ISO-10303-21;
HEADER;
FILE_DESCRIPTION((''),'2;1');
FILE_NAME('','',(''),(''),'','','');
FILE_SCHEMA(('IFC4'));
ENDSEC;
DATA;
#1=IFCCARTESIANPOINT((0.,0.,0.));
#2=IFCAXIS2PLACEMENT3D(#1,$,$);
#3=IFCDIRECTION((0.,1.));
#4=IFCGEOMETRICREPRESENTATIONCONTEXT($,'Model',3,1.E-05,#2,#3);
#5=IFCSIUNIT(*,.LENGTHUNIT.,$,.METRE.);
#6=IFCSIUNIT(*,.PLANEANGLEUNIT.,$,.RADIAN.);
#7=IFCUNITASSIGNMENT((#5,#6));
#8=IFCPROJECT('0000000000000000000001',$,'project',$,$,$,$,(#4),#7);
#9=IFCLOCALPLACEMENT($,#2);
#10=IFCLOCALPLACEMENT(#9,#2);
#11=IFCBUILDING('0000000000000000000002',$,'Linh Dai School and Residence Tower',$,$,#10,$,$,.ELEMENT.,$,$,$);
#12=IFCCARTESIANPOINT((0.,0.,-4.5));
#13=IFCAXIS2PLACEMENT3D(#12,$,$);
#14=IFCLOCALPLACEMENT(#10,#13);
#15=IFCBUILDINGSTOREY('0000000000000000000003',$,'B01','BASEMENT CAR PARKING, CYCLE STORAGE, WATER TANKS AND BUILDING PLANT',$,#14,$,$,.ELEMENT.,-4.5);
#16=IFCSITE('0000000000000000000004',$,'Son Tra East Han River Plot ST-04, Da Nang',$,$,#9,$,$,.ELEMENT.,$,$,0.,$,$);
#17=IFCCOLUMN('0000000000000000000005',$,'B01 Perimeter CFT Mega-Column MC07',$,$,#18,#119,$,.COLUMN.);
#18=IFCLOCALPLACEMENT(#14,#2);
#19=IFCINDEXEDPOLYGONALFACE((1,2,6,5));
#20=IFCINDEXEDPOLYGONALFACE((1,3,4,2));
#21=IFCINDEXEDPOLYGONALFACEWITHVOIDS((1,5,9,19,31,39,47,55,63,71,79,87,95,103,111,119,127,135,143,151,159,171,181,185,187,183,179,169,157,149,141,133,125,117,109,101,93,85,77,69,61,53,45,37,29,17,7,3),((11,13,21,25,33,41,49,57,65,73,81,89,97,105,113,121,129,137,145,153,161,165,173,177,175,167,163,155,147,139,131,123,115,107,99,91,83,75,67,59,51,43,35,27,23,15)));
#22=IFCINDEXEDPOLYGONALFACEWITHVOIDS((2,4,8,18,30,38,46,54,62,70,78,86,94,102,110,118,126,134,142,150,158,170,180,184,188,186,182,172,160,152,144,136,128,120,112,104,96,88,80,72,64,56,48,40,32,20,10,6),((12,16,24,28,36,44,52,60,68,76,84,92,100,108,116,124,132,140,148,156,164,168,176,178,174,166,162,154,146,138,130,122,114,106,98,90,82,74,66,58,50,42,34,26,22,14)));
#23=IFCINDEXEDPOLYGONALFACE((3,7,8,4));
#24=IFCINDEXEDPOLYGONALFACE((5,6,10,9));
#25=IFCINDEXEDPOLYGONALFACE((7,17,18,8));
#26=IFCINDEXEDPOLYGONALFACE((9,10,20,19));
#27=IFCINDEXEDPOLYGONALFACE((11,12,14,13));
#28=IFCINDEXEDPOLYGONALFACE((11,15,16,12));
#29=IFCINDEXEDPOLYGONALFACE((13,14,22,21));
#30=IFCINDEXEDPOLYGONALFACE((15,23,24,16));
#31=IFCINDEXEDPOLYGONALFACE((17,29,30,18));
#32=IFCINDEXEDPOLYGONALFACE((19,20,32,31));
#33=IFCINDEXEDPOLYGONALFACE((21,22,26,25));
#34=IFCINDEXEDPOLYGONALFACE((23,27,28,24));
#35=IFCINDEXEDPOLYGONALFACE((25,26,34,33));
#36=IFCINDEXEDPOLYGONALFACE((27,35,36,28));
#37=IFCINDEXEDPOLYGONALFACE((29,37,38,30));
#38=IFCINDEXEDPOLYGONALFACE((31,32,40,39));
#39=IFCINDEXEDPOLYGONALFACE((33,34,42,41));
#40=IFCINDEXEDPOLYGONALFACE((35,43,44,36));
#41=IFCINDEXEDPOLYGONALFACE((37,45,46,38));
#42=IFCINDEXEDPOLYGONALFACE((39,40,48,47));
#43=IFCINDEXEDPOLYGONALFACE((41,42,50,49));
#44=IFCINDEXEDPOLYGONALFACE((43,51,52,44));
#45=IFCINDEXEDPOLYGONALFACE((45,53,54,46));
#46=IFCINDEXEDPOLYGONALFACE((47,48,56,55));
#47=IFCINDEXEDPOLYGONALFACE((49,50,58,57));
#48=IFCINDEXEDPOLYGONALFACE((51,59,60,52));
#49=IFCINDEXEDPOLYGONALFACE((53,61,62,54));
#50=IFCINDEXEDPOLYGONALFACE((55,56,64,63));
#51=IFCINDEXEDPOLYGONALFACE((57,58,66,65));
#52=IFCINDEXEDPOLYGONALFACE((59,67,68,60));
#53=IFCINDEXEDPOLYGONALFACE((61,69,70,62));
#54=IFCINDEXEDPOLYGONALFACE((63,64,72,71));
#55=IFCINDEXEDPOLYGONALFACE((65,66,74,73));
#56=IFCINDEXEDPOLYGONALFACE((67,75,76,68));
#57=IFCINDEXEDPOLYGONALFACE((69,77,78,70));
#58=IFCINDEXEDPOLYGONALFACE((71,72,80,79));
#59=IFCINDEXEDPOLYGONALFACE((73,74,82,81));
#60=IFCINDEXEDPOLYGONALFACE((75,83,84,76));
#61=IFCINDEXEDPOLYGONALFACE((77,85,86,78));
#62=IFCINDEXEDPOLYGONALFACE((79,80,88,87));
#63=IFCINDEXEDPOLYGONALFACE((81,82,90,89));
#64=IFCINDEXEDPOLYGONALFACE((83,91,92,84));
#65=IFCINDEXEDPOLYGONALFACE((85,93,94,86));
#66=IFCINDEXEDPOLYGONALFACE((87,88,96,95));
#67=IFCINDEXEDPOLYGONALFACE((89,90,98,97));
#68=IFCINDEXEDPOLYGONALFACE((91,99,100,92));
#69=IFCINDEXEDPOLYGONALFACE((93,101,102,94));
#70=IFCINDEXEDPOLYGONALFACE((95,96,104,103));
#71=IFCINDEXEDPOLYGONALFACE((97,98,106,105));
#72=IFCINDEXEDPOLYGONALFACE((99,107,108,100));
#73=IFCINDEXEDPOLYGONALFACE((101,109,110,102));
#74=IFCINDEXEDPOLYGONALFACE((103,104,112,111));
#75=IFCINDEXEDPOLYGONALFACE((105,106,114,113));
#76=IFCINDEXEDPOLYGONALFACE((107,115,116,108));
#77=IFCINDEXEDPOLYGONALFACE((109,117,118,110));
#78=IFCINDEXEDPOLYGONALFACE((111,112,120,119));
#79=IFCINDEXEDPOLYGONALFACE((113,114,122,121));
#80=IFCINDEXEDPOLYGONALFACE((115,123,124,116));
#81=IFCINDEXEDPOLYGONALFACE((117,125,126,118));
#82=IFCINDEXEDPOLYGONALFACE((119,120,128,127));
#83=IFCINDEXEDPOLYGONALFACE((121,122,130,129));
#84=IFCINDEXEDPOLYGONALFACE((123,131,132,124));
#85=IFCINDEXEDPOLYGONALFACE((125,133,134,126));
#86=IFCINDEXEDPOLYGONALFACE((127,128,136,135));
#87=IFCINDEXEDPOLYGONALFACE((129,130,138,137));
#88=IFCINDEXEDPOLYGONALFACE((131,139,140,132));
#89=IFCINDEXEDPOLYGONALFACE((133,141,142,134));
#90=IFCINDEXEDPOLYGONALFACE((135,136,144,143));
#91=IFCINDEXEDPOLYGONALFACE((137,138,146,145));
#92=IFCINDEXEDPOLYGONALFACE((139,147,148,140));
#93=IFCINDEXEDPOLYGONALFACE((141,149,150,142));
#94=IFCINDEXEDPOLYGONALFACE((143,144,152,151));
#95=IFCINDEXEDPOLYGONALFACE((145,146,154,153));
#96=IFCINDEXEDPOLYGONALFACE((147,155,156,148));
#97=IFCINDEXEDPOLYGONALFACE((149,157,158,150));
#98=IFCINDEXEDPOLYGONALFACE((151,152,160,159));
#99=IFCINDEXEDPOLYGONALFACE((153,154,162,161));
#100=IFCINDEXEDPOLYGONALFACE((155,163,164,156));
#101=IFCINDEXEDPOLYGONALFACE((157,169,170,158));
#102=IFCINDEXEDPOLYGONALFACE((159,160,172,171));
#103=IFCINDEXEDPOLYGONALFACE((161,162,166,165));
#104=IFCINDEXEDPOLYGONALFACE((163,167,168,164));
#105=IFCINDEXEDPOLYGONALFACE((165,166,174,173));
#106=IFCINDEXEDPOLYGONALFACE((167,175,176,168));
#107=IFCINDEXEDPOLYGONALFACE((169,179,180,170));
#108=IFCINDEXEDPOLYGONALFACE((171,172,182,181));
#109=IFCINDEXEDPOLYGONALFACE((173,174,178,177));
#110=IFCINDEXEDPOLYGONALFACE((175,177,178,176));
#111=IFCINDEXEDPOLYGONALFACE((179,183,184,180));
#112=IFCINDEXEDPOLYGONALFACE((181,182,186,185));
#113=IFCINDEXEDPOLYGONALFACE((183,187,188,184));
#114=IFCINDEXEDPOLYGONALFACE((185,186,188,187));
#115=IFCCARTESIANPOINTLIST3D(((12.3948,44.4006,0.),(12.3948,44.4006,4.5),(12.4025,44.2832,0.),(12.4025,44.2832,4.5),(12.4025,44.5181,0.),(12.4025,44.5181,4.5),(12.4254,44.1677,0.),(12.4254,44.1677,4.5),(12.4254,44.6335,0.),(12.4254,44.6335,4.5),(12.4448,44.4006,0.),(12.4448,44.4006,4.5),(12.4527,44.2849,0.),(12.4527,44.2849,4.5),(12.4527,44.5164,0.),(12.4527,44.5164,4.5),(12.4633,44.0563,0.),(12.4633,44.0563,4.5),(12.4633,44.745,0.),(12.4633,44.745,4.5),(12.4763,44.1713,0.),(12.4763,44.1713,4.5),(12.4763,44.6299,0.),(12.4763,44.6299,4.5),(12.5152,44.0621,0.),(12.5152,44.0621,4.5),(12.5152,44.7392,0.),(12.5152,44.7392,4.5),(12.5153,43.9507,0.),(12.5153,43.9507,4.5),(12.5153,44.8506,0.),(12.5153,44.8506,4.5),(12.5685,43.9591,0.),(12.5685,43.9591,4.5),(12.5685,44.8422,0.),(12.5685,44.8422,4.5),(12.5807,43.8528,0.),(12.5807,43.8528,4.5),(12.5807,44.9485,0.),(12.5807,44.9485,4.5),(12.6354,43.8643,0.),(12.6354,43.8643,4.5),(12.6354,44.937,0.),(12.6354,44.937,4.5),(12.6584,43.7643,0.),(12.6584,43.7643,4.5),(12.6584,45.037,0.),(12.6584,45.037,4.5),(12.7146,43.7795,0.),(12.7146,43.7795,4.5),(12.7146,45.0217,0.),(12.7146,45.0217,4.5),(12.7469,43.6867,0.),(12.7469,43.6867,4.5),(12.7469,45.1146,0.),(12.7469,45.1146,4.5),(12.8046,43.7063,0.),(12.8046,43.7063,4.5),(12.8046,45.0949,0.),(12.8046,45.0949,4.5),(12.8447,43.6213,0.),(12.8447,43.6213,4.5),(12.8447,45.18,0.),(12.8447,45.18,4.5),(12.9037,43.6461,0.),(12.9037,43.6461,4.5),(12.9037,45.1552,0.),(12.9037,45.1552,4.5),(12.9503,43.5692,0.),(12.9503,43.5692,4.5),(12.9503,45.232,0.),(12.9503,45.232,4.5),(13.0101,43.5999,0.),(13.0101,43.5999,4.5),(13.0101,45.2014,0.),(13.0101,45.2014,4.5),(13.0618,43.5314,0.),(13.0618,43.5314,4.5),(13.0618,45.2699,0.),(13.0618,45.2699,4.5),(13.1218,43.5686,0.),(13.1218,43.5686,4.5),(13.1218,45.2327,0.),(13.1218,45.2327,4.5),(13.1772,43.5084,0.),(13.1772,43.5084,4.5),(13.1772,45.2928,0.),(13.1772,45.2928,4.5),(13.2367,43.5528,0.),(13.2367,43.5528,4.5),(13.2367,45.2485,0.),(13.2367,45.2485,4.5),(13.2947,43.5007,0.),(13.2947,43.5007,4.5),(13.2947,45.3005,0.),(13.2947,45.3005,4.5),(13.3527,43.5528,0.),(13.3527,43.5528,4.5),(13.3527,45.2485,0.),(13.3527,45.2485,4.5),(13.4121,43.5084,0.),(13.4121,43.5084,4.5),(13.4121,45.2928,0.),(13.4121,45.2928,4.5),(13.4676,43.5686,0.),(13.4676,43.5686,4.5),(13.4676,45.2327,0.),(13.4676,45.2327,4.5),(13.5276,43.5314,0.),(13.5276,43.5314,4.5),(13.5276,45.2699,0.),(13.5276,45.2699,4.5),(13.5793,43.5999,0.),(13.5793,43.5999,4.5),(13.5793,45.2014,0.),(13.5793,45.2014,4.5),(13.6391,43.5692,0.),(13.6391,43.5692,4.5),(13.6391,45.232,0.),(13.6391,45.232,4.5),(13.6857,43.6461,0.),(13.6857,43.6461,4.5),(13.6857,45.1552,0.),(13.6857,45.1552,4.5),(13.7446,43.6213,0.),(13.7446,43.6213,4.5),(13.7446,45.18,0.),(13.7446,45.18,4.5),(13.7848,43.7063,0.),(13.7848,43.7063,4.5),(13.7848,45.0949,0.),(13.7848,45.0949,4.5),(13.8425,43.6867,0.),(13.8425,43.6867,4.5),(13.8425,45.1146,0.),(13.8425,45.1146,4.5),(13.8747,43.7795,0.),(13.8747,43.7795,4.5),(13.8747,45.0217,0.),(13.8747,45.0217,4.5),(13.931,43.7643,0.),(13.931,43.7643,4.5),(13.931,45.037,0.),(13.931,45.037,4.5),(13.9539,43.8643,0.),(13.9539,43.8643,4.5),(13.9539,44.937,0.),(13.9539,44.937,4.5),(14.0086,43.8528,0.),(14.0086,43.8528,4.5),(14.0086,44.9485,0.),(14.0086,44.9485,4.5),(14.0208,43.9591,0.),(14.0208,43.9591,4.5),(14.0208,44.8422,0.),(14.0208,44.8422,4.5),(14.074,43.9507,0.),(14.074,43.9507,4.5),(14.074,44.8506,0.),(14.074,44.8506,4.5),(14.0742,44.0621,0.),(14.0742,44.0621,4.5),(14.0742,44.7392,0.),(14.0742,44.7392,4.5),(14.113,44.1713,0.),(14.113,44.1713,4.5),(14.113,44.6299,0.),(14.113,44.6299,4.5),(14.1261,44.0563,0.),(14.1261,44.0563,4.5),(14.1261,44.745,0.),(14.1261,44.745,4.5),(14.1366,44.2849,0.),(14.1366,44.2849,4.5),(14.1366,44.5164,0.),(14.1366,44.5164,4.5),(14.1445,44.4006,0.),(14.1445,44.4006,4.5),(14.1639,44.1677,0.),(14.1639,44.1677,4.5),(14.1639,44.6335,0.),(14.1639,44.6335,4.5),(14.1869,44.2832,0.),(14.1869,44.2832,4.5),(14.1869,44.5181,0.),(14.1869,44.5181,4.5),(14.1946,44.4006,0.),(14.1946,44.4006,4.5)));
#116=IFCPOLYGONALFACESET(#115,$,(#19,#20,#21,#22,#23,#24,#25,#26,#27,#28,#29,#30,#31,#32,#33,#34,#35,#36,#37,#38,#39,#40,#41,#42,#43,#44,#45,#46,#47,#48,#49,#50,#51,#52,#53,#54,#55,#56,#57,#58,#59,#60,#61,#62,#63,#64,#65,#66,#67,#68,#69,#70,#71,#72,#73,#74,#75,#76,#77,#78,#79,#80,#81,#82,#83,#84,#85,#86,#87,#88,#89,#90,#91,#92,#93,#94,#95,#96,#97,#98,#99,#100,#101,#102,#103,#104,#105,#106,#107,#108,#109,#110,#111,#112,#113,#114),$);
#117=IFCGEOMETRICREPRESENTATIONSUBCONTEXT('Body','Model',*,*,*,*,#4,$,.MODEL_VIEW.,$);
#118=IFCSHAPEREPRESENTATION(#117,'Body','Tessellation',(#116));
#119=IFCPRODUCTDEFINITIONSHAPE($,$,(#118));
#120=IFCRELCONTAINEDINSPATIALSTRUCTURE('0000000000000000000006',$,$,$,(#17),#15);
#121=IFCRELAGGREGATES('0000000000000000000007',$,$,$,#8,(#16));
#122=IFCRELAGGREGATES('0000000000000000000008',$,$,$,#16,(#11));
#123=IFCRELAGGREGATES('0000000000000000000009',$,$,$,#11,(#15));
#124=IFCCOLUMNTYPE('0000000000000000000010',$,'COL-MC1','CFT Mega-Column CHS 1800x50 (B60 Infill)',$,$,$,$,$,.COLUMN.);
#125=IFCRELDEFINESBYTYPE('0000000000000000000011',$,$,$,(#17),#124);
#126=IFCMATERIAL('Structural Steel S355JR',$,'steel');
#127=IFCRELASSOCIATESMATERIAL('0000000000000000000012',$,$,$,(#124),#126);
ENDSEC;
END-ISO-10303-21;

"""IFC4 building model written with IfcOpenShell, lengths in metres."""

from ifc_helpers import new_model, si_unit, direction, frame, origin, origin_2d, place, context, subcontext, project, spatial, hollow_circle, extrude, material, material_profile, profile_set, type_object, element, save


model = new_model("IFC4")

# Units and contexts
model_context = context("Model", 3, precision=1e-05, world=origin(), true_north=direction((0.0, 1.0)))
body_context = subcontext(model_context, "Body", "Model", "MODEL_VIEW")
ifc_project = project(units=[si_unit("LENGTHUNIT", "METRE"), si_unit("PLANEANGLEUNIT", "RADIAN")], contexts=[model_context])

# Site, building, storey
site_placement = place(None, origin())
site = spatial("IfcSite", under=ifc_project, at=site_placement, Name="Son Tra East Han River Plot ST-04, Da Nang", CompositionType="ELEMENT", RefElevation=0.0)
building_placement = place(site_placement, origin())
building = spatial("IfcBuilding", under=site, at=building_placement, Name="Linh Dai School and Residence Tower", CompositionType="ELEMENT")
storey_placement = place(building_placement, frame((0.0, 0.0, -4.5)))
storey = spatial("IfcBuildingStorey", under=building, at=storey_placement, Name="B01", Description="BASEMENT CAR PARKING, CYCLE STORAGE, WATER TANKS AND BUILDING PLANT", CompositionType="ELEMENT", Elevation=-4.5)

# Column
ifc_material_1 = material(Name="Structural Steel S355JR", Category="steel")
ifc_material_profile_1 = material_profile(ifc_material_1, hollow_circle(Radius=0.8999, WallThickness=0.05, at=origin_2d()), Name="CHS 1800x50")
ifc_profile_set_1 = profile_set([ifc_material_profile_1], Name="Structural Steel S355JR")
column_type_1 = type_object("IfcColumnType", Name="COL-MC1", Description="CFT Mega-Column CHS 1800x50 (B60 Infill)", PredefinedType="COLUMN", material=ifc_profile_set_1)
for number, where, z_axis, x_axis, name in (
    (1, (13.2947, 44.4006, 0.0), (0.0, 0.0, 1.0), (1.0, 0.0, 0.0), "B01 Perimeter CFT Mega-Column MC07"),
):
    element("IfcColumn", number, at=place(storey_placement, frame(where, z_axis=z_axis, x_axis=x_axis)), inside=storey, type_object=column_type_1, Name=name, PredefinedType="COLUMN", context=body_context, shape_type="SweptSolid", body=[
        extrude(hollow_circle(Radius=0.8999, WallThickness=0.05, at=origin_2d()), origin(), (0.0, 0.0, 1.0), 4.5),
    ])

save(model, "model.ifc")
